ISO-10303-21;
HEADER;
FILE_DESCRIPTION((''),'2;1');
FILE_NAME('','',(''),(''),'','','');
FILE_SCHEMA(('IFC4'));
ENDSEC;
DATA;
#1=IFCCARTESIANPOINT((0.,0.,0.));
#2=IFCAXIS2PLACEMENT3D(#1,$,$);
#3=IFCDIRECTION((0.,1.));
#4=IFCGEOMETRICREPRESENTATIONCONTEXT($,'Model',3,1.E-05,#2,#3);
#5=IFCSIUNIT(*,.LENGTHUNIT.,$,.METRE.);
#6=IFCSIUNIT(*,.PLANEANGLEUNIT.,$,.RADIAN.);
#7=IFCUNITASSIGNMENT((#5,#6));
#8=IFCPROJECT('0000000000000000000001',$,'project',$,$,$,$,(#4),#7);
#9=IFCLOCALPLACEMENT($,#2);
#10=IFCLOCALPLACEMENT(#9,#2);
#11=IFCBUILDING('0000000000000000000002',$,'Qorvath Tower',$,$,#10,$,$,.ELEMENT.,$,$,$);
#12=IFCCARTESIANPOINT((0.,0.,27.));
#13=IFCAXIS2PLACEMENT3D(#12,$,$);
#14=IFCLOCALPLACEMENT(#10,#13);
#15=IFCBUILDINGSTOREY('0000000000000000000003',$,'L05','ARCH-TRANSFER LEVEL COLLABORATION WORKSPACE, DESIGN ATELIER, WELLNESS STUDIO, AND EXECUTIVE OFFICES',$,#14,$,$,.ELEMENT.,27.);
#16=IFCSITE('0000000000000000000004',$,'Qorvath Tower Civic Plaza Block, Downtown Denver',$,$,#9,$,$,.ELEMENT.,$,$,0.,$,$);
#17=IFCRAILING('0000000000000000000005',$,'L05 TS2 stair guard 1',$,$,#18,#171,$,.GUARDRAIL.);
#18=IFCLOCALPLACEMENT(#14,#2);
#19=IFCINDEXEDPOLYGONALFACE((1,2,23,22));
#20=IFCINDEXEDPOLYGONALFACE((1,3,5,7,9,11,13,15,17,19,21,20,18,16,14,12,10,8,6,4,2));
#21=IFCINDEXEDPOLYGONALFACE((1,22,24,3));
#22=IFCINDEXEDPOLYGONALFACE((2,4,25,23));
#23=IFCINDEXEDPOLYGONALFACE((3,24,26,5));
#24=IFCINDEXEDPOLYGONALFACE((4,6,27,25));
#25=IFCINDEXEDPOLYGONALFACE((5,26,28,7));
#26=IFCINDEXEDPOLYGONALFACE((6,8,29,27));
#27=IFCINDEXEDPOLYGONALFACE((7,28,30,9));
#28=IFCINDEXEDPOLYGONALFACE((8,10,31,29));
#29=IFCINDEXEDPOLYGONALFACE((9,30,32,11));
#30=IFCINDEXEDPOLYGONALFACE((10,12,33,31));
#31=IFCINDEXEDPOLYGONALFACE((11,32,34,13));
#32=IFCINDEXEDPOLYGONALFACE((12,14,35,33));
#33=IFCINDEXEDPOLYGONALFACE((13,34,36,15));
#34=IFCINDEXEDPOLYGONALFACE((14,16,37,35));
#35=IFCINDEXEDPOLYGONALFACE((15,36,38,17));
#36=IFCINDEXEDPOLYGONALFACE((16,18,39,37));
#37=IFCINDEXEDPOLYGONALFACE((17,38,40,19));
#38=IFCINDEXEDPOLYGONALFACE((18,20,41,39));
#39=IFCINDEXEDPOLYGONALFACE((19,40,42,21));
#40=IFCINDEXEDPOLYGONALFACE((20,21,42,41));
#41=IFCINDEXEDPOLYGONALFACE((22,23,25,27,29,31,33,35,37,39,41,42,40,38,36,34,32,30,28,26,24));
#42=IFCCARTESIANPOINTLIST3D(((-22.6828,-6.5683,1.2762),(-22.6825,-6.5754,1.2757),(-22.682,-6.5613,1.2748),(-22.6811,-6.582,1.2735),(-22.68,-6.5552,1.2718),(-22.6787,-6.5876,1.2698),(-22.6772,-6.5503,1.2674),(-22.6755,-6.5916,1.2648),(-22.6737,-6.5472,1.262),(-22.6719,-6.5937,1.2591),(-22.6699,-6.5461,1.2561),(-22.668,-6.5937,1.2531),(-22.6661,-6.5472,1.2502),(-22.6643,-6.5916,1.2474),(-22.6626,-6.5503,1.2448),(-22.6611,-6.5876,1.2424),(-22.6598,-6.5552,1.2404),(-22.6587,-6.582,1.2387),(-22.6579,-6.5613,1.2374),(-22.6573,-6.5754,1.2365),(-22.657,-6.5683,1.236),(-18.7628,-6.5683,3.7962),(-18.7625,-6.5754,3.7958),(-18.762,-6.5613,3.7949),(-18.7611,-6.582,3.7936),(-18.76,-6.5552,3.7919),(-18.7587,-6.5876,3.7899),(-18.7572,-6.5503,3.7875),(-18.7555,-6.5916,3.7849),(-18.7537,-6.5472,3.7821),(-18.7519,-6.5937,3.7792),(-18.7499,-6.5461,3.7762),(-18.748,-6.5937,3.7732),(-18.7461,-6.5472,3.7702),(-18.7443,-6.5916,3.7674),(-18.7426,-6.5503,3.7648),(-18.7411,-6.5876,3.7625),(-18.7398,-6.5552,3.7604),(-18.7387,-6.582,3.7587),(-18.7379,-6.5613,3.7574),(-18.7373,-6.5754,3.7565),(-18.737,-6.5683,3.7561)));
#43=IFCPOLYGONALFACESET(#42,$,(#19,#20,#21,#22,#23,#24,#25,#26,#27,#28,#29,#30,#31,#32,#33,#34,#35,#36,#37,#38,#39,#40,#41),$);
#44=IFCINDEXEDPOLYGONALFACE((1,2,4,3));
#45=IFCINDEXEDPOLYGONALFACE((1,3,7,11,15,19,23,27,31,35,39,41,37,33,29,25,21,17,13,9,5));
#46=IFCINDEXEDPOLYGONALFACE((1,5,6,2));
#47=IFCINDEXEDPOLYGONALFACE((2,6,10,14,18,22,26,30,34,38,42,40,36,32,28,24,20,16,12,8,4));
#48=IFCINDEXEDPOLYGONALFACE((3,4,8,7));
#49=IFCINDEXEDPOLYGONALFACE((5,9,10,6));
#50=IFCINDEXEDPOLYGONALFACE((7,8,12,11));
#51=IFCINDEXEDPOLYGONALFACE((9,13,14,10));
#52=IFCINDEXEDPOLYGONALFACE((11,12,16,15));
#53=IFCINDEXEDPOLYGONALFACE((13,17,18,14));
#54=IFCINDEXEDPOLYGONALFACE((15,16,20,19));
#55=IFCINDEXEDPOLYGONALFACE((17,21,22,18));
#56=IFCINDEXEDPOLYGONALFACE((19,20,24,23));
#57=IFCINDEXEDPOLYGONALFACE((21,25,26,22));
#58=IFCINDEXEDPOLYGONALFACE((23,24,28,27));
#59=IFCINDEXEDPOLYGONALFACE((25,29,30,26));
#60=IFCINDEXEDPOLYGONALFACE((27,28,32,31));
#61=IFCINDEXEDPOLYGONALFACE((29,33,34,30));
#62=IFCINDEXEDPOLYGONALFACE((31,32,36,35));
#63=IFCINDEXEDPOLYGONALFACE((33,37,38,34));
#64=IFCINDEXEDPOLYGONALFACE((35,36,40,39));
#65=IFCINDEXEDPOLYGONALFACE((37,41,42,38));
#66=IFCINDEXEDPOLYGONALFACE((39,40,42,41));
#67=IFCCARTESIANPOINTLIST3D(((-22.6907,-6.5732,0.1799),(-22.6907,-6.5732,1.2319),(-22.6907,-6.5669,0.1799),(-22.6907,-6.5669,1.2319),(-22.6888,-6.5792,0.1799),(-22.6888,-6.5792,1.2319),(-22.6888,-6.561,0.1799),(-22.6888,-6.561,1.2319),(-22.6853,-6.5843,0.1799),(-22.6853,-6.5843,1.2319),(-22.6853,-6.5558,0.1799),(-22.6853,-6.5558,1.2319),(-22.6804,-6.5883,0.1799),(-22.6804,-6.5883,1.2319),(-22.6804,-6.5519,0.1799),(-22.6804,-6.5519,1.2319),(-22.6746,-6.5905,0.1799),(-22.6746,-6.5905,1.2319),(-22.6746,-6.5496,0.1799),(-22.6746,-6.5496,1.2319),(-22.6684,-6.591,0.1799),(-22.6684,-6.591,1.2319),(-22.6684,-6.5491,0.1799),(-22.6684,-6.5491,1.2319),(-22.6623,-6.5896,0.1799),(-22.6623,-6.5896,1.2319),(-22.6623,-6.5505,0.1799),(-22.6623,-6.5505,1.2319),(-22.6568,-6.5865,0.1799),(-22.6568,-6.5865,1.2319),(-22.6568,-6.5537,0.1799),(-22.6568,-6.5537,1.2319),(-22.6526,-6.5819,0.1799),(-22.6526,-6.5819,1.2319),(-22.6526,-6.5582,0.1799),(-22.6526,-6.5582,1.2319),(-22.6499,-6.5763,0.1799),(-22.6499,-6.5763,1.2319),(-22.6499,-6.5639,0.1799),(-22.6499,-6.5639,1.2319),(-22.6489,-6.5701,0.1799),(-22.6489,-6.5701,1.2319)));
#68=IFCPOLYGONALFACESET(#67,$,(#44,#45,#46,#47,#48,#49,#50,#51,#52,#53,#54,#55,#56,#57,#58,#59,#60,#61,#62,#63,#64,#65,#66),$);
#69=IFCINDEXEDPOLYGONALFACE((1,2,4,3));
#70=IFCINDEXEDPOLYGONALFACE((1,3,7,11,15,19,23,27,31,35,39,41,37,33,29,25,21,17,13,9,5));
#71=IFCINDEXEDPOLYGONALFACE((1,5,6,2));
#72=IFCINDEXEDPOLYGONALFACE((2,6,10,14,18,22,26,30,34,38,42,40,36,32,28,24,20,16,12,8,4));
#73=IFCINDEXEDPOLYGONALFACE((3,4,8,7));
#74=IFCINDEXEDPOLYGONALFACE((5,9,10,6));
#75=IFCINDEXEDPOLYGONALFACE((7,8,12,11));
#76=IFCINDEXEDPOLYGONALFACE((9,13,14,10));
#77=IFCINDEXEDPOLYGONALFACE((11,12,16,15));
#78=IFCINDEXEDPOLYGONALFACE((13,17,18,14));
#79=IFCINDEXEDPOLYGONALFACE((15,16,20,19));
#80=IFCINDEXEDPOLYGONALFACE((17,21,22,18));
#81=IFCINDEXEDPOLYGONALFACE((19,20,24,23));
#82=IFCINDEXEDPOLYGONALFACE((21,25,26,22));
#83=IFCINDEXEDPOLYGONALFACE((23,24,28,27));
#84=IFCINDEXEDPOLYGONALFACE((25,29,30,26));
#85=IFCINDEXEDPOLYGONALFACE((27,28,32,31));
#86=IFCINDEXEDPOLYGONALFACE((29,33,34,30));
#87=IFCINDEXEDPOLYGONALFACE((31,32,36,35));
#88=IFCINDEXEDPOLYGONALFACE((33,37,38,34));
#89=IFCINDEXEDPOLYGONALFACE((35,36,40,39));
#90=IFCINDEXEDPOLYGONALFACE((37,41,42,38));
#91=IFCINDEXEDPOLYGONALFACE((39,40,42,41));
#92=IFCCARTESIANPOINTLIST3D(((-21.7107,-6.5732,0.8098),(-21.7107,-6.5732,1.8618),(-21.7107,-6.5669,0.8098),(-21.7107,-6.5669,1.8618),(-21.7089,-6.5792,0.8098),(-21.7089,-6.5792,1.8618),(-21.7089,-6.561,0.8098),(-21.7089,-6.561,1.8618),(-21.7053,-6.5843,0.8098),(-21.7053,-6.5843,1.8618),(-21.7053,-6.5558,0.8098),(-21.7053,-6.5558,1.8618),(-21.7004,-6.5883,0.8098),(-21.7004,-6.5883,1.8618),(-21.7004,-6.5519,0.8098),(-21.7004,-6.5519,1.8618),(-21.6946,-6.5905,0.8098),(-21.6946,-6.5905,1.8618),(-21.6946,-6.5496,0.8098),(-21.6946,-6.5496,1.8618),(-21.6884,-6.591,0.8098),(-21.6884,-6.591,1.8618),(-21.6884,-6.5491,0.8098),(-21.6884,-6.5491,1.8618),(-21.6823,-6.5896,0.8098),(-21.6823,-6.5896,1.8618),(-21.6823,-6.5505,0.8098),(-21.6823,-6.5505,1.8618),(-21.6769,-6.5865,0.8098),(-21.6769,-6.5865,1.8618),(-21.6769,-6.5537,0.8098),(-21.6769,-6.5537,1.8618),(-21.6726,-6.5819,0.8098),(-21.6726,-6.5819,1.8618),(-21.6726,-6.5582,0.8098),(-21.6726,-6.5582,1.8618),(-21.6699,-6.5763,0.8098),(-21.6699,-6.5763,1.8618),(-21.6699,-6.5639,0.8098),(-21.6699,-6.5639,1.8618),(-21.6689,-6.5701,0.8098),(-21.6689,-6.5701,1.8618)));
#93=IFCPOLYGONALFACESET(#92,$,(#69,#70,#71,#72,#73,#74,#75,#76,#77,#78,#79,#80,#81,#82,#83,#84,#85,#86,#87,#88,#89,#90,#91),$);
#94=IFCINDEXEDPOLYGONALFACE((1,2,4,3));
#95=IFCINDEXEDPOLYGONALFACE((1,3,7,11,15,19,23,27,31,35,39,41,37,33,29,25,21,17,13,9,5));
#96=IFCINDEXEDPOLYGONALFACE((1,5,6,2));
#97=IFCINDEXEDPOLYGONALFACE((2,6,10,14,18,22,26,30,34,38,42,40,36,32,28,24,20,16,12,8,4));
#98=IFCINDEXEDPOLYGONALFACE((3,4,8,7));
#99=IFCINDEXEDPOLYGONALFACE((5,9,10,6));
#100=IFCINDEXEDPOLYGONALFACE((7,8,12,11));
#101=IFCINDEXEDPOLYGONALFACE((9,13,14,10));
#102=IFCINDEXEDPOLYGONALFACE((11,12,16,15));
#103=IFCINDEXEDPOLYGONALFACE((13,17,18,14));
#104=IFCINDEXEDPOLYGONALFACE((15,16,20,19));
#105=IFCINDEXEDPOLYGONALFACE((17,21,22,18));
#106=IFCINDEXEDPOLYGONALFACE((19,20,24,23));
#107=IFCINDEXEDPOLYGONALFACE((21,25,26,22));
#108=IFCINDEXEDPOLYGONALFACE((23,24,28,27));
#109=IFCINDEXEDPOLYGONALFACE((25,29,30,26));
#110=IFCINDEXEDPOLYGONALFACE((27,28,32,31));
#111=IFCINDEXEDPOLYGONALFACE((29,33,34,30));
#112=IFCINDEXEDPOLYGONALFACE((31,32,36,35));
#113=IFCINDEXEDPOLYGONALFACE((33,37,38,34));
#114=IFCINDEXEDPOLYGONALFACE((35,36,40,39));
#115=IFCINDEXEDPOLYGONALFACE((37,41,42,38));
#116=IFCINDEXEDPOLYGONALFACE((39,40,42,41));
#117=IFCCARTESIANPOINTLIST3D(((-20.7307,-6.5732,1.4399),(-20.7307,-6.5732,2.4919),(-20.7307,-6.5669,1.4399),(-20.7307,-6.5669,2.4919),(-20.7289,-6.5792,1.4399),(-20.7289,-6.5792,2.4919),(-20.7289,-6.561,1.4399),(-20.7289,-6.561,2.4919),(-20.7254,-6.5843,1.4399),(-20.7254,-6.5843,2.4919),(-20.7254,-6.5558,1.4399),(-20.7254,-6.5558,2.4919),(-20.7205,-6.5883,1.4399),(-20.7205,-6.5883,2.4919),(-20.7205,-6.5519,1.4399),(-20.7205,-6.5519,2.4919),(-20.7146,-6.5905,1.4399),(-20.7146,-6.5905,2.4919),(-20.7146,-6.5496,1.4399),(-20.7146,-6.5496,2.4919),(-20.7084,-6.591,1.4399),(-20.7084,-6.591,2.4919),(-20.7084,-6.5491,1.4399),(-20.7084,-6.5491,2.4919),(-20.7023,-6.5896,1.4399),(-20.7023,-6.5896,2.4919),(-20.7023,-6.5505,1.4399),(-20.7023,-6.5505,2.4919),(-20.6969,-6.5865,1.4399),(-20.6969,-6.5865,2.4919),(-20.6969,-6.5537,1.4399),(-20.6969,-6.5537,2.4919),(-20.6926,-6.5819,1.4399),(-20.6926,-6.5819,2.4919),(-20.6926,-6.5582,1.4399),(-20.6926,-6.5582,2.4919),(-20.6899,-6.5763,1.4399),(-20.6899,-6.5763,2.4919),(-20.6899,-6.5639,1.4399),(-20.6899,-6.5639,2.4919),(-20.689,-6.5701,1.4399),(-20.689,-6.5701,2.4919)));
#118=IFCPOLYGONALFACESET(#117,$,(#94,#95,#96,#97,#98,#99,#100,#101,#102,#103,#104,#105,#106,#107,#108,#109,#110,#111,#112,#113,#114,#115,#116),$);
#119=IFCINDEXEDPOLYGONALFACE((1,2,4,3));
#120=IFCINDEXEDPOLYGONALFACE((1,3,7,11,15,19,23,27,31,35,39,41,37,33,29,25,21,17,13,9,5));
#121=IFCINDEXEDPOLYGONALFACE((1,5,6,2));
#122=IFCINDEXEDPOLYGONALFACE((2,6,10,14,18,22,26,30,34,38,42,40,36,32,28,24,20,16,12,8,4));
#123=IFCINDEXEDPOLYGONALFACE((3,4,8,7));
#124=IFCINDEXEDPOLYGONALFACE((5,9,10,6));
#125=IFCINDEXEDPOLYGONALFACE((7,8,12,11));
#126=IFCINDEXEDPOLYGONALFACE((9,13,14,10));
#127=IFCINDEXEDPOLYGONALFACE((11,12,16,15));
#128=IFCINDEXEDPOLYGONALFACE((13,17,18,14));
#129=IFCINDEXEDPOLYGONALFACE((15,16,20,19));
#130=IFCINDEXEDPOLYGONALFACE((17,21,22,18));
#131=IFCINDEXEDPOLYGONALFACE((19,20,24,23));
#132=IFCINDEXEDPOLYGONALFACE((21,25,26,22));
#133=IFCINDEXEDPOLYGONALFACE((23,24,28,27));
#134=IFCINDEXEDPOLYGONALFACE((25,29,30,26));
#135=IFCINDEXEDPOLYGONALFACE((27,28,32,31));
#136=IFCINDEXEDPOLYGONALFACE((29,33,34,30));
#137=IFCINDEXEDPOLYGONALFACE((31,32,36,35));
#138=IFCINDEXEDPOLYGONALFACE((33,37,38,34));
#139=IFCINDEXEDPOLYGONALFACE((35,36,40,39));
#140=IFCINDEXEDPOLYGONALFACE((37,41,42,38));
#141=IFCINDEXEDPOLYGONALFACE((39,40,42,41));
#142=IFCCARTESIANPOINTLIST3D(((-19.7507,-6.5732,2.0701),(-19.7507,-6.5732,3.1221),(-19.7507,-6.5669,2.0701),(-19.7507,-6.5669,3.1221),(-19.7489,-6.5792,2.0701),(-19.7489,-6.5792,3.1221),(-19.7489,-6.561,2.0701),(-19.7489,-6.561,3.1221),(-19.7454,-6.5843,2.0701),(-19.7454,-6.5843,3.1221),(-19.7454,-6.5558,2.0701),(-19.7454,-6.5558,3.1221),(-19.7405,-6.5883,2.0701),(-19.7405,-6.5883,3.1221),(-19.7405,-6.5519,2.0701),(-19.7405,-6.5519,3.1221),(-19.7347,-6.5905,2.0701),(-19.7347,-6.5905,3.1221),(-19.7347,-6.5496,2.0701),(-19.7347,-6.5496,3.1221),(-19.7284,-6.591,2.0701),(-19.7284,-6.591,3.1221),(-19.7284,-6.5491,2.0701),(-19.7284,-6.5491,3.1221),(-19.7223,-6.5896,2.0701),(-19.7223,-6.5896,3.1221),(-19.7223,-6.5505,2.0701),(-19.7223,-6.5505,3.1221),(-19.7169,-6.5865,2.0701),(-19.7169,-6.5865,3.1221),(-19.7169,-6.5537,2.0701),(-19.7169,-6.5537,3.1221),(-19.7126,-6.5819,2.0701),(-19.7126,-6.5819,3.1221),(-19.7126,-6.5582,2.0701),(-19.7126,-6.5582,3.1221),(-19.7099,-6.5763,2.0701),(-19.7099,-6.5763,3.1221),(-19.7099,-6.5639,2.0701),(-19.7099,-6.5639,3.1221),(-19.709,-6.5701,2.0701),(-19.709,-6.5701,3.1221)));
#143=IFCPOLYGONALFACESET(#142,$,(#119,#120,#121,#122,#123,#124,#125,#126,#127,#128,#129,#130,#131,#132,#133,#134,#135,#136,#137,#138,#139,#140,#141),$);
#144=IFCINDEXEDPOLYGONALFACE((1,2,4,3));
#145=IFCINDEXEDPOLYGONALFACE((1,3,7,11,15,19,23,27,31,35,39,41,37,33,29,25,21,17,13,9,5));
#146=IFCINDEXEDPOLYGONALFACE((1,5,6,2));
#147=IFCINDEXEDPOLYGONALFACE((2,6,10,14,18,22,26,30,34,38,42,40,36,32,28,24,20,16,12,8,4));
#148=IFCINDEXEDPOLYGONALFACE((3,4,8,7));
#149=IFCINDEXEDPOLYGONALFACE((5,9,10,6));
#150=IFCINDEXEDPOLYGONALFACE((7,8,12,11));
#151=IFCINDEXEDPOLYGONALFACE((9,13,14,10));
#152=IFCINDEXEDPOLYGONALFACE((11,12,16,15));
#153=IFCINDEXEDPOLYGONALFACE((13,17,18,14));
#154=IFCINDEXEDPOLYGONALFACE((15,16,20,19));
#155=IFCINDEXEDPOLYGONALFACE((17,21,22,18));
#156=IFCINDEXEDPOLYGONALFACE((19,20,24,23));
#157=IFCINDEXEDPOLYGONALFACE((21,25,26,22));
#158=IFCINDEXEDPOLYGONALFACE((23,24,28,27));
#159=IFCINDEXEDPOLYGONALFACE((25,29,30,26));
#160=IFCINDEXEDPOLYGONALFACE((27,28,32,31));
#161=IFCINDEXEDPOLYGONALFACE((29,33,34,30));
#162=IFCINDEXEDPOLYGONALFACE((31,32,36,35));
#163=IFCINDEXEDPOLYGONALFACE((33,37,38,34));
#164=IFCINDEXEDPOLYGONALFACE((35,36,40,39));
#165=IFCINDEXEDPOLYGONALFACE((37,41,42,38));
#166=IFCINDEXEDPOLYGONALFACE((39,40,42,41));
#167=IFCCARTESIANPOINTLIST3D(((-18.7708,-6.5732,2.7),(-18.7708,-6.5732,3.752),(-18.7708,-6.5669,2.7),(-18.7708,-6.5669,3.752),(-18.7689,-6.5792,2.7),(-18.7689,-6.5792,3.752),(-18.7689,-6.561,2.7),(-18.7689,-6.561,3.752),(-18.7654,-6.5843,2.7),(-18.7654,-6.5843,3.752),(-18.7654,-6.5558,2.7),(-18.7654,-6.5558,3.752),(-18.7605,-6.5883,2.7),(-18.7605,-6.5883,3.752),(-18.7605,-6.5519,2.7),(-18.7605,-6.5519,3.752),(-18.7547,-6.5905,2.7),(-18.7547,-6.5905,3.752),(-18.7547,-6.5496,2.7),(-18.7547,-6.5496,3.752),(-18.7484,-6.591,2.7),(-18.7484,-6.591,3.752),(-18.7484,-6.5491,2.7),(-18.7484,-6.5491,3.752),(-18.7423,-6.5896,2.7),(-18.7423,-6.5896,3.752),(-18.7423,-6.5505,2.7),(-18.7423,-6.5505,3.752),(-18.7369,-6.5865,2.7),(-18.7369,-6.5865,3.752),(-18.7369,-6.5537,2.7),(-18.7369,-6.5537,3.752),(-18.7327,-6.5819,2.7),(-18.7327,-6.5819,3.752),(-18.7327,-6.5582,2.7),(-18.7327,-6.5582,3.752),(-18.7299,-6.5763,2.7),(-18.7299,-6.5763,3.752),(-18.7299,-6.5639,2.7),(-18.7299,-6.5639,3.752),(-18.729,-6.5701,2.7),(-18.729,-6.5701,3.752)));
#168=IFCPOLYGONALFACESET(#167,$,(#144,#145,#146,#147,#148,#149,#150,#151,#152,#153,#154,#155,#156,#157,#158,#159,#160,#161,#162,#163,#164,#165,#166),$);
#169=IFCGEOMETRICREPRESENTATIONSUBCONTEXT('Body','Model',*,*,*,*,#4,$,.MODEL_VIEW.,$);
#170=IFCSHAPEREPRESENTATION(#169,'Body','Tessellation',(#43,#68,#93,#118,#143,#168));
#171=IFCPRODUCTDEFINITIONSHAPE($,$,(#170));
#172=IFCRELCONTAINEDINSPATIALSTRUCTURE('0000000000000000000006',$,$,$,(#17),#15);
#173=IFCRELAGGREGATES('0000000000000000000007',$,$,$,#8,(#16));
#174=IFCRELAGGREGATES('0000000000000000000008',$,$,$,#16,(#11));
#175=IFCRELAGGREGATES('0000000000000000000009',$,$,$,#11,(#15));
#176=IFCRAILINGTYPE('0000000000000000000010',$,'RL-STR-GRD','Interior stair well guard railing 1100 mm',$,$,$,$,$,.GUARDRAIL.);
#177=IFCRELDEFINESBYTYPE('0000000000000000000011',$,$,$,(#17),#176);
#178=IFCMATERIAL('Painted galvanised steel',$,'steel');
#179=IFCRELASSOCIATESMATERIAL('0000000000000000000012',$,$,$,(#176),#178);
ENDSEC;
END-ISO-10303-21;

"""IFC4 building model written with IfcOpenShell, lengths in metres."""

from ifc_helpers import new_model, si_unit, direction, frame, origin, origin_2d, place, context, subcontext, project, spatial, circle, extrude, material, type_object, element, save


model = new_model("IFC4")

# Units and contexts
model_context = context("Model", 3, precision=1e-05, world=origin(), true_north=direction((0.0, 1.0)))
body_context = subcontext(model_context, "Body", "Model", "MODEL_VIEW")
ifc_project = project(units=[si_unit("LENGTHUNIT", "METRE"), si_unit("PLANEANGLEUNIT", "RADIAN")], contexts=[model_context])

# Site, building, storey
site_placement = place(None, origin())
site = spatial("IfcSite", under=ifc_project, at=site_placement, Name="Qorvath Tower Civic Plaza Block, Downtown Denver", CompositionType="ELEMENT", RefElevation=0.0)
building_placement = place(site_placement, origin())
building = spatial("IfcBuilding", under=site, at=building_placement, Name="Qorvath Tower", CompositionType="ELEMENT")
storey_placement = place(building_placement, frame((0.0, 0.0, 27.0)))
storey = spatial("IfcBuildingStorey", under=building, at=storey_placement, Name="L05", Description="ARCH-TRANSFER LEVEL COLLABORATION WORKSPACE, DESIGN ATELIER, WELLNESS STUDIO, AND EXECUTIVE OFFICES", CompositionType="ELEMENT", Elevation=27.0)

# Railing
ifc_material_1 = material(Name="Painted galvanised steel", Category="steel")
railing_type = type_object("IfcRailingType", Name="RL-STR-GRD", Description="Interior stair well guard railing 1100 mm", PredefinedType="GUARDRAIL", material=ifc_material_1)
railing_1_placement = place(storey_placement, frame((-22.6699, -6.5701, 0.1799)))
element("IfcRailing", 1, at=railing_1_placement, inside=storey, type_object=railing_type, Name="L05 TS2 stair guard 1", PredefinedType="GUARDRAIL", context=body_context, shape_type="SweptSolid", body=[
    extrude(circle(Radius=0.0239, at=origin_2d()), frame((0.0, 0.0, 1.0762), z_axis=(0.841172, 0.0, 0.540768), x_axis=(0.0, 1.0, 0.0)), (0.0, 0.0, 1.0), 4.6602),
    extrude(circle(Radius=0.021, at=origin_2d()), origin(), (0.0, 0.0, 1.0), 1.052),
    extrude(circle(Radius=0.021, at=origin_2d()), frame((0.98, 0.0, 0.6299)), (0.0, 0.0, 1.0), 1.052),
    extrude(circle(Radius=0.021, at=origin_2d()), frame((1.96, 0.0, 1.26)), (0.0, 0.0, 1.0), 1.052),
    extrude(circle(Radius=0.021, at=origin_2d()), frame((2.9399, 0.0, 1.8901)), (0.0, 0.0, 1.0), 1.052),
    extrude(circle(Radius=0.021, at=origin_2d()), frame((3.9199, 0.0, 2.52)), (0.0, 0.0, 1.0), 1.052),
])

save(model, "model.ifc")
